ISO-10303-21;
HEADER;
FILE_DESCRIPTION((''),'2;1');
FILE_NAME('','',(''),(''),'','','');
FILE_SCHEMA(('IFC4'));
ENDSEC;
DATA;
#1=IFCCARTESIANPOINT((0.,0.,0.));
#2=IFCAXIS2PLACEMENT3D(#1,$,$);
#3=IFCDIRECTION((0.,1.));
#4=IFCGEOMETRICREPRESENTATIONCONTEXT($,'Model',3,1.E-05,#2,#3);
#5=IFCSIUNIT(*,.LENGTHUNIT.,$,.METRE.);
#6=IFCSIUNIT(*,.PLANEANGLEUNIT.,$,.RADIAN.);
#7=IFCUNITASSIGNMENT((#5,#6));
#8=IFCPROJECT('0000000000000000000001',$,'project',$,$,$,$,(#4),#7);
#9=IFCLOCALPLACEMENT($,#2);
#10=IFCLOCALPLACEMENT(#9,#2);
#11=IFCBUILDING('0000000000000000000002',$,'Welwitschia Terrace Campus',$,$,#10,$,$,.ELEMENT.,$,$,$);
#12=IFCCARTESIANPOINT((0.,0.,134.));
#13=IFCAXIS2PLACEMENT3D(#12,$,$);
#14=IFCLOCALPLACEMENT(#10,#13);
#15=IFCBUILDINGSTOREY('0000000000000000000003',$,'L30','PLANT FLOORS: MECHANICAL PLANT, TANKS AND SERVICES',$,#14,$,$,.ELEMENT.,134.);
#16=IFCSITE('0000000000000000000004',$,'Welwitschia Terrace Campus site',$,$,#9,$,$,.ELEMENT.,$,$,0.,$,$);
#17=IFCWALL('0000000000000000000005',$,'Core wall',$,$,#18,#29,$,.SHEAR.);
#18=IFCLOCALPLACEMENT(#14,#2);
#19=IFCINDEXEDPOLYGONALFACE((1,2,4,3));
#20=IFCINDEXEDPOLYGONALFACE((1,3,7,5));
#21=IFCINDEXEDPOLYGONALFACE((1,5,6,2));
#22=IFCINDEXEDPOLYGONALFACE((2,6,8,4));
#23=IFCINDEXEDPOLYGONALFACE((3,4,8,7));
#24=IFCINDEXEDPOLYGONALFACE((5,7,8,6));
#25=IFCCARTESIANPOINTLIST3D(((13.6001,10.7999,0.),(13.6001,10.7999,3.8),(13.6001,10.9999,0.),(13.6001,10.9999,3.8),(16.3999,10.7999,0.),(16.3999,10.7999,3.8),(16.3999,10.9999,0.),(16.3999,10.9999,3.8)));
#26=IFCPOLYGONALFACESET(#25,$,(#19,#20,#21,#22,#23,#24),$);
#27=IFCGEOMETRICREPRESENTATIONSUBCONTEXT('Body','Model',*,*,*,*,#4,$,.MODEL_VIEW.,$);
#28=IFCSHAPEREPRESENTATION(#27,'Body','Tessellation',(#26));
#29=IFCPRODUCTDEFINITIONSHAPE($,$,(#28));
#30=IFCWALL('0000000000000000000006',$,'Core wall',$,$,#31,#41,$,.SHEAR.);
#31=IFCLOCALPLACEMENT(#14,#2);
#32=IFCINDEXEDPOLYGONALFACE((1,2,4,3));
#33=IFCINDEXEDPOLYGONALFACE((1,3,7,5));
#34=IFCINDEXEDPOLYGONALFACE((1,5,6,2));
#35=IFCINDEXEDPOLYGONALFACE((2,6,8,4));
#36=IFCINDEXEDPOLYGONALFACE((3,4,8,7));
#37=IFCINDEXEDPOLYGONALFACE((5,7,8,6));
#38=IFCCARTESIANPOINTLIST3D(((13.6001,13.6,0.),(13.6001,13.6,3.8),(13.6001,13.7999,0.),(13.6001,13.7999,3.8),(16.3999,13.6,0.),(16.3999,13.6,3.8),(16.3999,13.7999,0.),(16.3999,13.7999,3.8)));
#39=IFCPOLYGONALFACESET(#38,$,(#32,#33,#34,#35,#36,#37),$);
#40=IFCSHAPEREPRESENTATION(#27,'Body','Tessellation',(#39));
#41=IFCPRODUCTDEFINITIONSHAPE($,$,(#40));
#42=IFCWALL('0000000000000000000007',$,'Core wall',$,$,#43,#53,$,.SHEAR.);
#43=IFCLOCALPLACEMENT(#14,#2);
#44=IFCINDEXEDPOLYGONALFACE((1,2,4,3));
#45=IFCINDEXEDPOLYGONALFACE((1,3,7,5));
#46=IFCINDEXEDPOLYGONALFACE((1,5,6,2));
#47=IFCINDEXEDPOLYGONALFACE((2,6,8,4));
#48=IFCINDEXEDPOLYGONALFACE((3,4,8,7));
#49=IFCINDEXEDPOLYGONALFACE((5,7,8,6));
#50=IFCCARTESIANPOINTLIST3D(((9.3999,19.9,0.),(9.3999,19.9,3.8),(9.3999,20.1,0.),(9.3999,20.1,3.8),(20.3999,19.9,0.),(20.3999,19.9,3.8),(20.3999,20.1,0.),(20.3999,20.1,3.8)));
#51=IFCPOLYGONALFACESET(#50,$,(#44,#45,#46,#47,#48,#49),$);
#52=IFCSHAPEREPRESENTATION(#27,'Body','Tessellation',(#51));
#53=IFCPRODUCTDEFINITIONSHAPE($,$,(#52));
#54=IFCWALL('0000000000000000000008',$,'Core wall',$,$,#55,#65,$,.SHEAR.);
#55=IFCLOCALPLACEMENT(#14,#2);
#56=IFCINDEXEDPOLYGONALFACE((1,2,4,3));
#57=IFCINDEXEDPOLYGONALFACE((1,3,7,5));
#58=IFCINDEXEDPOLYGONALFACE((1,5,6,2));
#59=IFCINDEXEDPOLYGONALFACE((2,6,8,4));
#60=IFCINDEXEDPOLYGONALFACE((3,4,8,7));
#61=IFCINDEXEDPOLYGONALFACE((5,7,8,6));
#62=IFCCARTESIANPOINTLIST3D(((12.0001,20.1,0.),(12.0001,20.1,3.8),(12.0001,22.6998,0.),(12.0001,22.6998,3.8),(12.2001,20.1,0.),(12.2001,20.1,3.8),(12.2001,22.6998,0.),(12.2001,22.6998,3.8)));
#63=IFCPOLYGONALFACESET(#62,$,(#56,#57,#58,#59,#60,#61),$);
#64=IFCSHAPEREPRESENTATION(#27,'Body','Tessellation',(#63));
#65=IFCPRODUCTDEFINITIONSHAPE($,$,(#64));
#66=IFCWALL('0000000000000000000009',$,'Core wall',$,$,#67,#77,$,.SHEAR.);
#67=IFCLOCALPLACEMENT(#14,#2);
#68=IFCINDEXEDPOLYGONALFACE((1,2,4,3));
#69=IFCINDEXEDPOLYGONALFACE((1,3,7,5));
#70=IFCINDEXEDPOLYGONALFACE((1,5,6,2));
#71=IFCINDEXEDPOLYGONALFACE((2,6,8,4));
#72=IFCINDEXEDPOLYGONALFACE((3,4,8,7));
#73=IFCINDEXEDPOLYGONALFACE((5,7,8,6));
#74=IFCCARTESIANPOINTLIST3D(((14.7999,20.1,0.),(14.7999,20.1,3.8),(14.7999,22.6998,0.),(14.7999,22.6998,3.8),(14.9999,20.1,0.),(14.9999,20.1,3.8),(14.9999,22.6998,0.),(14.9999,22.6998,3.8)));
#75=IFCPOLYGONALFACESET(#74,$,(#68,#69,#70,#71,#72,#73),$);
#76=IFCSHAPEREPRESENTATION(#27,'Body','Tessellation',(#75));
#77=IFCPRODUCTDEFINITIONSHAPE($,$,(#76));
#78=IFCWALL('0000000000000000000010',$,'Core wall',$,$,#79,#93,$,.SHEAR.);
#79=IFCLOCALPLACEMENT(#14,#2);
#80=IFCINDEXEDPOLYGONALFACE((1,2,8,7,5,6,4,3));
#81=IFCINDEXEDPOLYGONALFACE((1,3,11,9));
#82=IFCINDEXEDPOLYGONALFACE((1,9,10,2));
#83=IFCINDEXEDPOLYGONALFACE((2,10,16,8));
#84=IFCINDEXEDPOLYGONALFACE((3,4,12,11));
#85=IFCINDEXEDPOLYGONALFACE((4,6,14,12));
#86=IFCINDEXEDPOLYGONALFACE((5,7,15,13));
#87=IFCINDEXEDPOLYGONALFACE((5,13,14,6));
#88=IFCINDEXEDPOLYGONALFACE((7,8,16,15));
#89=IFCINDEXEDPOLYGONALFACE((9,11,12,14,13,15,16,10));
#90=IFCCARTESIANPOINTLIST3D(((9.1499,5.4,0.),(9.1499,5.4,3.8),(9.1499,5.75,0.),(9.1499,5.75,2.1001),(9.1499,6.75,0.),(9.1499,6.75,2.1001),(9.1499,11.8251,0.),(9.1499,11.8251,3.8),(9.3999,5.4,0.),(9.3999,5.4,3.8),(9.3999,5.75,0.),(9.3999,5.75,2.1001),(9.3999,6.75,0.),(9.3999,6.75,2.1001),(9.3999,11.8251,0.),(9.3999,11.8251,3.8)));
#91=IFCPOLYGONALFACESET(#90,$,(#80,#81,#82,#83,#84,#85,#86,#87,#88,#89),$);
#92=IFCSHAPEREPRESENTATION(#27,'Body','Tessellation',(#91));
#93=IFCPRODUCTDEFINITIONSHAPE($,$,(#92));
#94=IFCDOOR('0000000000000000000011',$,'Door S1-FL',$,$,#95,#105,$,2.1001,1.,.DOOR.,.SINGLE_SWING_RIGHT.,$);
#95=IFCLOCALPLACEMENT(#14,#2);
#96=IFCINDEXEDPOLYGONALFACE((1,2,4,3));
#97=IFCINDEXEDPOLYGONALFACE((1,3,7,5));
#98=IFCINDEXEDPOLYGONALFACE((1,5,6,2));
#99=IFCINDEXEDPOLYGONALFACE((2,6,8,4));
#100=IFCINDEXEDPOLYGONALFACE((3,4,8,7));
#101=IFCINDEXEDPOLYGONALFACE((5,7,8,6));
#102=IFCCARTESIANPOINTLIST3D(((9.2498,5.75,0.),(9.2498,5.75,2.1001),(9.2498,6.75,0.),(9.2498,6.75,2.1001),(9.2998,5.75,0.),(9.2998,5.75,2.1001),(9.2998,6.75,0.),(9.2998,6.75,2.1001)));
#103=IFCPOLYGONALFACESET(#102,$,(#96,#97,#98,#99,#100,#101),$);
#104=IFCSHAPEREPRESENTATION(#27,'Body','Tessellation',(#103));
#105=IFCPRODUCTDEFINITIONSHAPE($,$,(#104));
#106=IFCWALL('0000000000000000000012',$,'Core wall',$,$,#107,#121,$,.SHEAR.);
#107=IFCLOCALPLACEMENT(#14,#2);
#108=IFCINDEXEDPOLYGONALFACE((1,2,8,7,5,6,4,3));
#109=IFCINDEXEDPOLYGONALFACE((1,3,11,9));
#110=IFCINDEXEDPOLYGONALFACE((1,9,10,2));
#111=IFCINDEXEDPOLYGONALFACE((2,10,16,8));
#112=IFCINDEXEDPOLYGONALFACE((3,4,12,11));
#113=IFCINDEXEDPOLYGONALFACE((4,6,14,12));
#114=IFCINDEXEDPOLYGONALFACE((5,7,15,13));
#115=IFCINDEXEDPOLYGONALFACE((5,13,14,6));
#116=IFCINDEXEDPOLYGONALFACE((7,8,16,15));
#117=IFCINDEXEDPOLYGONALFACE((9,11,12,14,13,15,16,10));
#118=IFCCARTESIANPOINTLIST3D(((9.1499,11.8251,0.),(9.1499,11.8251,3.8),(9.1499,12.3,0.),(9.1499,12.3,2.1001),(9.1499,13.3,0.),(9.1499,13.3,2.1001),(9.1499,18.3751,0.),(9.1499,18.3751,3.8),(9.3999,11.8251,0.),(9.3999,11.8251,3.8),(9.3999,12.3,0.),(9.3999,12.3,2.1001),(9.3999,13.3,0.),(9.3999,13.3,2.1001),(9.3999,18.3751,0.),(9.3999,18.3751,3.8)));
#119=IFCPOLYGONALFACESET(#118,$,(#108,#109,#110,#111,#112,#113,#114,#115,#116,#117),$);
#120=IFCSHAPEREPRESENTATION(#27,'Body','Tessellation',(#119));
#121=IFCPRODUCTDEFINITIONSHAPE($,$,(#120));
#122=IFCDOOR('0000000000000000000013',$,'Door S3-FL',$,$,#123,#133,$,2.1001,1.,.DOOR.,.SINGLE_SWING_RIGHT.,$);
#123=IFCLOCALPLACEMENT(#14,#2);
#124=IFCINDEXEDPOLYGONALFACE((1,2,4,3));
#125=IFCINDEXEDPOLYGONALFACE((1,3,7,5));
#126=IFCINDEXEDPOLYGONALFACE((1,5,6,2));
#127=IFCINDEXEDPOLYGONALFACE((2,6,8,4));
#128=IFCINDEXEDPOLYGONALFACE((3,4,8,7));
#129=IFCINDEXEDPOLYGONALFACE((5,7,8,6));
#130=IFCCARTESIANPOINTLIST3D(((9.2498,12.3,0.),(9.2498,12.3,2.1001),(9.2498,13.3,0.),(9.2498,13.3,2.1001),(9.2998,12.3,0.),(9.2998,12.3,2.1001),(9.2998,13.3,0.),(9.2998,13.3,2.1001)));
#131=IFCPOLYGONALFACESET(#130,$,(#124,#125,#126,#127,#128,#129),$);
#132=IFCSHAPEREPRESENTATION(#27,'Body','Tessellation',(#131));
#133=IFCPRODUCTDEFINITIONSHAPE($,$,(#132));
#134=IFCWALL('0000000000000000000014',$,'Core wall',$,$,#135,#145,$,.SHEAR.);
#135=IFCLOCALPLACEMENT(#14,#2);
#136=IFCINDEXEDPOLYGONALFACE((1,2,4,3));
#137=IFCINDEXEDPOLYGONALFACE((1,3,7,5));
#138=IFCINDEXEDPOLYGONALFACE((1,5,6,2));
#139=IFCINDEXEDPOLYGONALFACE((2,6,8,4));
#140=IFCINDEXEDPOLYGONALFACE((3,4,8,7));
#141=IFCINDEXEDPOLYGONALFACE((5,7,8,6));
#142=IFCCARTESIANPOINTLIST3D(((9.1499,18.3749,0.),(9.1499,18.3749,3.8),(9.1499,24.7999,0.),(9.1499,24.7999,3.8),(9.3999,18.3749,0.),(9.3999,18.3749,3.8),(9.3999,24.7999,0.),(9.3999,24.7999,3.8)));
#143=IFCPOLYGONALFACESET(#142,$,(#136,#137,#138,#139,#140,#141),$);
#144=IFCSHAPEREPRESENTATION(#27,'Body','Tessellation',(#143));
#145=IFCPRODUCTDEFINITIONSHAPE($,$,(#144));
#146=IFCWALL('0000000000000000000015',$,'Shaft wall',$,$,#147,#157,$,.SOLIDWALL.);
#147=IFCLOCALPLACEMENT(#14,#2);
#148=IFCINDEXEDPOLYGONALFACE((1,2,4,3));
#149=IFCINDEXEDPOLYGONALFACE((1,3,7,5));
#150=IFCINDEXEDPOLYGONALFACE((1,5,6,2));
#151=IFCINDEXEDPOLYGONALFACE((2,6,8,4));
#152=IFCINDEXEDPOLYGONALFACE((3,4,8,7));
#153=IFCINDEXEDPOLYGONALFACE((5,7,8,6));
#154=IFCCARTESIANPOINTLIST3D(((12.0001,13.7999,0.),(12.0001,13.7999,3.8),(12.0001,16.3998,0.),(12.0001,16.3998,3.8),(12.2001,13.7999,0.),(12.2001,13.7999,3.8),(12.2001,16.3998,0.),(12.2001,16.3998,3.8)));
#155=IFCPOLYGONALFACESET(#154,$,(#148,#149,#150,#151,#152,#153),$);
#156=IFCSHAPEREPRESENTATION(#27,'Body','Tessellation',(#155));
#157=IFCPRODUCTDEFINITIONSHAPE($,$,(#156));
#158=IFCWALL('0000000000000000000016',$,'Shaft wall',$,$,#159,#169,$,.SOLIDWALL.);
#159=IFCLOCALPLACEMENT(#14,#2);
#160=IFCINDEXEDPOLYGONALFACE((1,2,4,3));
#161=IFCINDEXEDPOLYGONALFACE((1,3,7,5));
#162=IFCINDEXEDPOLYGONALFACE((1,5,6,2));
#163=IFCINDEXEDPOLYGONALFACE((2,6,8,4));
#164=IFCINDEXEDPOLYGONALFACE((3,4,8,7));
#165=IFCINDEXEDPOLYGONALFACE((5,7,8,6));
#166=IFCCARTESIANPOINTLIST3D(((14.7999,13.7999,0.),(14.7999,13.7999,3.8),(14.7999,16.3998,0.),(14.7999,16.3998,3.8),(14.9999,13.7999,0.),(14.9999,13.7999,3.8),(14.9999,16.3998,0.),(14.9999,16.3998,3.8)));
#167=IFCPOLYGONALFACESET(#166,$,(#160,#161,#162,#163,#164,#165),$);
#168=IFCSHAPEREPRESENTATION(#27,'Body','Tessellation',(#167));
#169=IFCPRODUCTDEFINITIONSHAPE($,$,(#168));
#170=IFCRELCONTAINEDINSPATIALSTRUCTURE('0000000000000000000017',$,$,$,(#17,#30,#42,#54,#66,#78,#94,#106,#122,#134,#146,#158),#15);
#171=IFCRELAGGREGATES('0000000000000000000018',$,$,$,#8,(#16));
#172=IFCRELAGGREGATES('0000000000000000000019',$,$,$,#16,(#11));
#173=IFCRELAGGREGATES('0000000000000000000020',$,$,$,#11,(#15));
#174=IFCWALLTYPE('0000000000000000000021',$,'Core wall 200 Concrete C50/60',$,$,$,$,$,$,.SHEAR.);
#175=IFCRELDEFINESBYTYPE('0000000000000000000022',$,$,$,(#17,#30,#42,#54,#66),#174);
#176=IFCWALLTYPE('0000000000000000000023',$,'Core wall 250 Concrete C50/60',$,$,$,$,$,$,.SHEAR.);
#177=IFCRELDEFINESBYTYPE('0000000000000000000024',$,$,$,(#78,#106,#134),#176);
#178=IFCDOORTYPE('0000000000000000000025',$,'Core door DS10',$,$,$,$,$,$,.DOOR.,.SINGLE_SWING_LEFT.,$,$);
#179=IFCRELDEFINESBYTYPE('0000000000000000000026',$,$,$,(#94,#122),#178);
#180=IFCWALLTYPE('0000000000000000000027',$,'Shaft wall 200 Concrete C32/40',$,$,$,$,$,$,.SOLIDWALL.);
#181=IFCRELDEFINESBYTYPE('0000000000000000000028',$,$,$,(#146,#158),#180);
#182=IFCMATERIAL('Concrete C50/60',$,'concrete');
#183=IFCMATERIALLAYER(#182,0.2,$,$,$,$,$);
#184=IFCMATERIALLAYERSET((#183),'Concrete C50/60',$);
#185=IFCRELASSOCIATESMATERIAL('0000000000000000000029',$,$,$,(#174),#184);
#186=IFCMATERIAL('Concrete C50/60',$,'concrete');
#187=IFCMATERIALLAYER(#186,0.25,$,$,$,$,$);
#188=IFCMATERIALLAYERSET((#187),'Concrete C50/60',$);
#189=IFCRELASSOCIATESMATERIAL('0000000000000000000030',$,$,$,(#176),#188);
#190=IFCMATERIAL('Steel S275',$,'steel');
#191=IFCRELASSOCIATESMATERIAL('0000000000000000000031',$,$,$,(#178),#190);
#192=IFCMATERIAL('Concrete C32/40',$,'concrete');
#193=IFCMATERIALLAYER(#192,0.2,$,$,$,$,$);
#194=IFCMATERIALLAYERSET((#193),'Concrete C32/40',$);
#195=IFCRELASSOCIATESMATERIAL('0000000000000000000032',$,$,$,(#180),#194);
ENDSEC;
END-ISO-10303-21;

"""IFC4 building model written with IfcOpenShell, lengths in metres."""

from ifc_helpers import new_model, si_unit, direction, frame, frame_2d, origin, place, context, subcontext, project, spatial, rectangle, extrude, material, layer, layer_set, type_object, element, fill, save


model = new_model("IFC4")

# Units and contexts
model_context = context("Model", 3, precision=1e-05, world=origin(), true_north=direction((0.0, 1.0)))
body_context = subcontext(model_context, "Body", "Model", "MODEL_VIEW")
ifc_project = project(units=[si_unit("LENGTHUNIT", "METRE"), si_unit("PLANEANGLEUNIT", "RADIAN")], contexts=[model_context])

# Site, building, storey
site_placement = place(None, origin())
site = spatial("IfcSite", under=ifc_project, at=site_placement, Name="Welwitschia Terrace Campus site", CompositionType="ELEMENT", RefElevation=0.0)
building_placement = place(site_placement, origin())
building = spatial("IfcBuilding", under=site, at=building_placement, Name="Welwitschia Terrace Campus", CompositionType="ELEMENT")
storey_placement = place(building_placement, frame((0.0, 0.0, 134.0)))
storey = spatial("IfcBuildingStorey", under=building, at=storey_placement, Name="L30", Description="PLANT FLOORS: MECHANICAL PLANT, TANKS AND SERVICES", CompositionType="ELEMENT", Elevation=134.0)

# Walls
ifc_material_1 = material(Name="Concrete C50/60", Category="concrete")
ifc_layer_1 = layer(ifc_material_1, 0.2)
ifc_layer_set_1 = layer_set([ifc_layer_1], Name="Concrete C50/60")
wall_type_1 = type_object("IfcWallType", Name="Core wall 200 Concrete C50/60", PredefinedType="SHEAR", material=ifc_layer_set_1)
for number, where, z_axis, x_axis, name in (
    (1, (13.6001, 10.8999, 0.0), (0.0, 0.0, 1.0), (1.0, 0.0, 0.0), "Core wall"),
    (2, (13.6001, 13.7, 0.0), (0.0, 0.0, 1.0), (1.0, 0.0, 0.0), "Core wall"),
):
    element("IfcWall", number, at=place(storey_placement, frame(where, z_axis=z_axis, x_axis=x_axis)), inside=storey, type_object=wall_type_1, Name=name, PredefinedType="SHEAR", context=body_context, shape_type="SweptSolid", body=[
        extrude(rectangle(XDim=2.7998, YDim=0.2, at=frame_2d((1.3999, 0.0))), origin(), (0.0, 0.0, 1.0), 3.8),
    ])
wall_1_placement = place(storey_placement, frame((9.3999, 20.0, 0.0), z_axis=(0.0, 0.0, 1.0), x_axis=(1.0, 0.0, 0.0)))
element("IfcWall", 3, at=wall_1_placement, inside=storey, type_object=wall_type_1, Name="Core wall", PredefinedType="SHEAR", context=body_context, shape_type="SweptSolid", body=[
    extrude(rectangle(XDim=11.0, YDim=0.2, at=frame_2d((5.5, 0.0))), origin(), (0.0, 0.0, 1.0), 3.8),
])
for number, where, z_axis, x_axis, name in (
    (4, (12.1001, 20.1001, 0.0), (0.0, 0.0, 1.0), (0.0, 1.0, 0.0), "Core wall"),
    (5, (14.8999, 20.1001, 0.0), (0.0, 0.0, 1.0), (0.0, 1.0, 0.0), "Core wall"),
):
    element("IfcWall", number, at=place(storey_placement, frame(where, z_axis=z_axis, x_axis=x_axis)), inside=storey, type_object=wall_type_1, Name=name, PredefinedType="SHEAR", context=body_context, shape_type="SweptSolid", body=[
        extrude(rectangle(XDim=2.5999, YDim=0.2, at=frame_2d((1.2998, 0.0))), origin(), (0.0, 0.0, 1.0), 3.8),
    ])

# Walls, openings, doors
ifc_material_2 = material(Name="Concrete C50/60", Category="concrete")
ifc_layer_2 = layer(ifc_material_2, 0.25)
ifc_layer_set_2 = layer_set([ifc_layer_2], Name="Concrete C50/60")
wall_type_2 = type_object("IfcWallType", Name="Core wall 250 Concrete C50/60", PredefinedType="SHEAR", material=ifc_layer_set_2)
wall_2_placement = place(storey_placement, frame((9.2749, 11.825, 0.0), z_axis=(0.0, 0.0, 1.0), x_axis=(0.0, -1.0, 0.0)))
wall_2 = element("IfcWall", 6, at=wall_2_placement, inside=storey, type_object=wall_type_2, Name="Core wall", PredefinedType="SHEAR", context=body_context, shape_type="SweptSolid", body=[
    extrude(rectangle(XDim=6.425, YDim=0.25, at=frame_2d((3.2124, 0.0))), origin(), (0.0, 0.0, 1.0), 3.8),
])
opening_1_placement = place(wall_2_placement, frame((5.075, 0.0, 0.0)))
opening_1 = element("IfcOpeningElement", 7, at=opening_1_placement, cuts=wall_2, PredefinedType="OPENING", context=body_context, shape_type="SweptSolid", body=[
    extrude(rectangle(XDim=1.0, YDim=2.1001, at=frame_2d((0.5, 1.05))), frame((0.0, 0.135, 0.0), z_axis=(0.0, -1.0, 0.0), x_axis=(1.0, 0.0, 0.0)), (0.0, 0.0, 1.0), 0.27),
])
ifc_material_3 = material(Name="Steel S275", Category="steel")
door_type_1 = type_object("IfcDoorType", Name="Core door DS10", OperationType="SINGLE_SWING_LEFT", PredefinedType="DOOR", material=ifc_material_3)
door_1_placement = place(opening_1_placement, origin())
door_1 = element("IfcDoor", 8, at=door_1_placement, inside=storey, type_object=door_type_1, Name="Door S1-FL", OperationType="SINGLE_SWING_RIGHT", OverallHeight=2.1001, OverallWidth=1.0, PredefinedType="DOOR", context=body_context, shape_type="SweptSolid", body=[
    extrude(rectangle(XDim=1.0, YDim=2.1001, at=frame_2d((0.5, 1.05))), frame((0.0, 0.0249, 0.0), z_axis=(0.0, -1.0, 0.0), x_axis=(1.0, 0.0, 0.0)), (0.0, 0.0, 1.0), 0.05),
])
fill(opening_1, door_1)
wall_3_placement = place(storey_placement, frame((9.2749, 18.375, 0.0), z_axis=(0.0, 0.0, 1.0), x_axis=(0.0, -1.0, 0.0)))
wall_3 = element("IfcWall", 9, at=wall_3_placement, inside=storey, type_object=wall_type_2, Name="Core wall", PredefinedType="SHEAR", context=body_context, shape_type="SweptSolid", body=[
    extrude(rectangle(XDim=6.55, YDim=0.25, at=frame_2d((3.2749, 0.0))), origin(), (0.0, 0.0, 1.0), 3.8),
])
opening_2_placement = place(wall_3_placement, frame((5.075, 0.0, 0.0)))
opening_2 = element("IfcOpeningElement", 10, at=opening_2_placement, cuts=wall_3, PredefinedType="OPENING", context=body_context, shape_type="SweptSolid", body=[
    extrude(rectangle(XDim=1.0, YDim=2.1001, at=frame_2d((0.5, 1.05))), frame((0.0, 0.135, 0.0), z_axis=(0.0, -1.0, 0.0), x_axis=(1.0, 0.0, 0.0)), (0.0, 0.0, 1.0), 0.27),
])
door_2_placement = place(opening_2_placement, origin())
door_2 = element("IfcDoor", 11, at=door_2_placement, inside=storey, type_object=door_type_1, Name="Door S3-FL", OperationType="SINGLE_SWING_RIGHT", OverallHeight=2.1001, OverallWidth=1.0, PredefinedType="DOOR", context=body_context, shape_type="SweptSolid", body=[
    extrude(rectangle(XDim=1.0, YDim=2.1001, at=frame_2d((0.5, 1.05))), frame((0.0, 0.0249, 0.0), z_axis=(0.0, -1.0, 0.0), x_axis=(1.0, 0.0, 0.0)), (0.0, 0.0, 1.0), 0.05),
])
fill(opening_2, door_2)

# Walls
wall_4_placement = place(storey_placement, frame((9.2749, 18.375, 0.0), z_axis=(0.0, 0.0, 1.0), x_axis=(0.0, 1.0, 0.0)))
element("IfcWall", 12, at=wall_4_placement, inside=storey, type_object=wall_type_2, Name="Core wall", PredefinedType="SHEAR", context=body_context, shape_type="SweptSolid", body=[
    extrude(rectangle(XDim=6.425, YDim=0.25, at=frame_2d((3.2124, 0.0))), origin(), (0.0, 0.0, 1.0), 3.8),
])
ifc_material_4 = material(Name="Concrete C32/40", Category="concrete")
ifc_layer_3 = layer(ifc_material_4, 0.2)
ifc_layer_set_3 = layer_set([ifc_layer_3], Name="Concrete C32/40")
wall_type_3 = type_object("IfcWallType", Name="Shaft wall 200 Concrete C32/40", PredefinedType="SOLIDWALL", material=ifc_layer_set_3)
for number, where, z_axis, x_axis, name in (
    (13, (12.1001, 13.8, 0.0), (0.0, 0.0, 1.0), (0.0, 1.0, 0.0), "Shaft wall"),
    (14, (14.8999, 13.8, 0.0), (0.0, 0.0, 1.0), (0.0, 1.0, 0.0), "Shaft wall"),
):
    element("IfcWall", number, at=place(storey_placement, frame(where, z_axis=z_axis, x_axis=x_axis)), inside=storey, type_object=wall_type_3, Name=name, PredefinedType="SOLIDWALL", context=body_context, shape_type="SweptSolid", body=[
        extrude(rectangle(XDim=2.5999, YDim=0.2, at=frame_2d((1.2998, 0.0))), origin(), (0.0, 0.0, 1.0), 3.8),
    ])

save(model, "model.ifc")
